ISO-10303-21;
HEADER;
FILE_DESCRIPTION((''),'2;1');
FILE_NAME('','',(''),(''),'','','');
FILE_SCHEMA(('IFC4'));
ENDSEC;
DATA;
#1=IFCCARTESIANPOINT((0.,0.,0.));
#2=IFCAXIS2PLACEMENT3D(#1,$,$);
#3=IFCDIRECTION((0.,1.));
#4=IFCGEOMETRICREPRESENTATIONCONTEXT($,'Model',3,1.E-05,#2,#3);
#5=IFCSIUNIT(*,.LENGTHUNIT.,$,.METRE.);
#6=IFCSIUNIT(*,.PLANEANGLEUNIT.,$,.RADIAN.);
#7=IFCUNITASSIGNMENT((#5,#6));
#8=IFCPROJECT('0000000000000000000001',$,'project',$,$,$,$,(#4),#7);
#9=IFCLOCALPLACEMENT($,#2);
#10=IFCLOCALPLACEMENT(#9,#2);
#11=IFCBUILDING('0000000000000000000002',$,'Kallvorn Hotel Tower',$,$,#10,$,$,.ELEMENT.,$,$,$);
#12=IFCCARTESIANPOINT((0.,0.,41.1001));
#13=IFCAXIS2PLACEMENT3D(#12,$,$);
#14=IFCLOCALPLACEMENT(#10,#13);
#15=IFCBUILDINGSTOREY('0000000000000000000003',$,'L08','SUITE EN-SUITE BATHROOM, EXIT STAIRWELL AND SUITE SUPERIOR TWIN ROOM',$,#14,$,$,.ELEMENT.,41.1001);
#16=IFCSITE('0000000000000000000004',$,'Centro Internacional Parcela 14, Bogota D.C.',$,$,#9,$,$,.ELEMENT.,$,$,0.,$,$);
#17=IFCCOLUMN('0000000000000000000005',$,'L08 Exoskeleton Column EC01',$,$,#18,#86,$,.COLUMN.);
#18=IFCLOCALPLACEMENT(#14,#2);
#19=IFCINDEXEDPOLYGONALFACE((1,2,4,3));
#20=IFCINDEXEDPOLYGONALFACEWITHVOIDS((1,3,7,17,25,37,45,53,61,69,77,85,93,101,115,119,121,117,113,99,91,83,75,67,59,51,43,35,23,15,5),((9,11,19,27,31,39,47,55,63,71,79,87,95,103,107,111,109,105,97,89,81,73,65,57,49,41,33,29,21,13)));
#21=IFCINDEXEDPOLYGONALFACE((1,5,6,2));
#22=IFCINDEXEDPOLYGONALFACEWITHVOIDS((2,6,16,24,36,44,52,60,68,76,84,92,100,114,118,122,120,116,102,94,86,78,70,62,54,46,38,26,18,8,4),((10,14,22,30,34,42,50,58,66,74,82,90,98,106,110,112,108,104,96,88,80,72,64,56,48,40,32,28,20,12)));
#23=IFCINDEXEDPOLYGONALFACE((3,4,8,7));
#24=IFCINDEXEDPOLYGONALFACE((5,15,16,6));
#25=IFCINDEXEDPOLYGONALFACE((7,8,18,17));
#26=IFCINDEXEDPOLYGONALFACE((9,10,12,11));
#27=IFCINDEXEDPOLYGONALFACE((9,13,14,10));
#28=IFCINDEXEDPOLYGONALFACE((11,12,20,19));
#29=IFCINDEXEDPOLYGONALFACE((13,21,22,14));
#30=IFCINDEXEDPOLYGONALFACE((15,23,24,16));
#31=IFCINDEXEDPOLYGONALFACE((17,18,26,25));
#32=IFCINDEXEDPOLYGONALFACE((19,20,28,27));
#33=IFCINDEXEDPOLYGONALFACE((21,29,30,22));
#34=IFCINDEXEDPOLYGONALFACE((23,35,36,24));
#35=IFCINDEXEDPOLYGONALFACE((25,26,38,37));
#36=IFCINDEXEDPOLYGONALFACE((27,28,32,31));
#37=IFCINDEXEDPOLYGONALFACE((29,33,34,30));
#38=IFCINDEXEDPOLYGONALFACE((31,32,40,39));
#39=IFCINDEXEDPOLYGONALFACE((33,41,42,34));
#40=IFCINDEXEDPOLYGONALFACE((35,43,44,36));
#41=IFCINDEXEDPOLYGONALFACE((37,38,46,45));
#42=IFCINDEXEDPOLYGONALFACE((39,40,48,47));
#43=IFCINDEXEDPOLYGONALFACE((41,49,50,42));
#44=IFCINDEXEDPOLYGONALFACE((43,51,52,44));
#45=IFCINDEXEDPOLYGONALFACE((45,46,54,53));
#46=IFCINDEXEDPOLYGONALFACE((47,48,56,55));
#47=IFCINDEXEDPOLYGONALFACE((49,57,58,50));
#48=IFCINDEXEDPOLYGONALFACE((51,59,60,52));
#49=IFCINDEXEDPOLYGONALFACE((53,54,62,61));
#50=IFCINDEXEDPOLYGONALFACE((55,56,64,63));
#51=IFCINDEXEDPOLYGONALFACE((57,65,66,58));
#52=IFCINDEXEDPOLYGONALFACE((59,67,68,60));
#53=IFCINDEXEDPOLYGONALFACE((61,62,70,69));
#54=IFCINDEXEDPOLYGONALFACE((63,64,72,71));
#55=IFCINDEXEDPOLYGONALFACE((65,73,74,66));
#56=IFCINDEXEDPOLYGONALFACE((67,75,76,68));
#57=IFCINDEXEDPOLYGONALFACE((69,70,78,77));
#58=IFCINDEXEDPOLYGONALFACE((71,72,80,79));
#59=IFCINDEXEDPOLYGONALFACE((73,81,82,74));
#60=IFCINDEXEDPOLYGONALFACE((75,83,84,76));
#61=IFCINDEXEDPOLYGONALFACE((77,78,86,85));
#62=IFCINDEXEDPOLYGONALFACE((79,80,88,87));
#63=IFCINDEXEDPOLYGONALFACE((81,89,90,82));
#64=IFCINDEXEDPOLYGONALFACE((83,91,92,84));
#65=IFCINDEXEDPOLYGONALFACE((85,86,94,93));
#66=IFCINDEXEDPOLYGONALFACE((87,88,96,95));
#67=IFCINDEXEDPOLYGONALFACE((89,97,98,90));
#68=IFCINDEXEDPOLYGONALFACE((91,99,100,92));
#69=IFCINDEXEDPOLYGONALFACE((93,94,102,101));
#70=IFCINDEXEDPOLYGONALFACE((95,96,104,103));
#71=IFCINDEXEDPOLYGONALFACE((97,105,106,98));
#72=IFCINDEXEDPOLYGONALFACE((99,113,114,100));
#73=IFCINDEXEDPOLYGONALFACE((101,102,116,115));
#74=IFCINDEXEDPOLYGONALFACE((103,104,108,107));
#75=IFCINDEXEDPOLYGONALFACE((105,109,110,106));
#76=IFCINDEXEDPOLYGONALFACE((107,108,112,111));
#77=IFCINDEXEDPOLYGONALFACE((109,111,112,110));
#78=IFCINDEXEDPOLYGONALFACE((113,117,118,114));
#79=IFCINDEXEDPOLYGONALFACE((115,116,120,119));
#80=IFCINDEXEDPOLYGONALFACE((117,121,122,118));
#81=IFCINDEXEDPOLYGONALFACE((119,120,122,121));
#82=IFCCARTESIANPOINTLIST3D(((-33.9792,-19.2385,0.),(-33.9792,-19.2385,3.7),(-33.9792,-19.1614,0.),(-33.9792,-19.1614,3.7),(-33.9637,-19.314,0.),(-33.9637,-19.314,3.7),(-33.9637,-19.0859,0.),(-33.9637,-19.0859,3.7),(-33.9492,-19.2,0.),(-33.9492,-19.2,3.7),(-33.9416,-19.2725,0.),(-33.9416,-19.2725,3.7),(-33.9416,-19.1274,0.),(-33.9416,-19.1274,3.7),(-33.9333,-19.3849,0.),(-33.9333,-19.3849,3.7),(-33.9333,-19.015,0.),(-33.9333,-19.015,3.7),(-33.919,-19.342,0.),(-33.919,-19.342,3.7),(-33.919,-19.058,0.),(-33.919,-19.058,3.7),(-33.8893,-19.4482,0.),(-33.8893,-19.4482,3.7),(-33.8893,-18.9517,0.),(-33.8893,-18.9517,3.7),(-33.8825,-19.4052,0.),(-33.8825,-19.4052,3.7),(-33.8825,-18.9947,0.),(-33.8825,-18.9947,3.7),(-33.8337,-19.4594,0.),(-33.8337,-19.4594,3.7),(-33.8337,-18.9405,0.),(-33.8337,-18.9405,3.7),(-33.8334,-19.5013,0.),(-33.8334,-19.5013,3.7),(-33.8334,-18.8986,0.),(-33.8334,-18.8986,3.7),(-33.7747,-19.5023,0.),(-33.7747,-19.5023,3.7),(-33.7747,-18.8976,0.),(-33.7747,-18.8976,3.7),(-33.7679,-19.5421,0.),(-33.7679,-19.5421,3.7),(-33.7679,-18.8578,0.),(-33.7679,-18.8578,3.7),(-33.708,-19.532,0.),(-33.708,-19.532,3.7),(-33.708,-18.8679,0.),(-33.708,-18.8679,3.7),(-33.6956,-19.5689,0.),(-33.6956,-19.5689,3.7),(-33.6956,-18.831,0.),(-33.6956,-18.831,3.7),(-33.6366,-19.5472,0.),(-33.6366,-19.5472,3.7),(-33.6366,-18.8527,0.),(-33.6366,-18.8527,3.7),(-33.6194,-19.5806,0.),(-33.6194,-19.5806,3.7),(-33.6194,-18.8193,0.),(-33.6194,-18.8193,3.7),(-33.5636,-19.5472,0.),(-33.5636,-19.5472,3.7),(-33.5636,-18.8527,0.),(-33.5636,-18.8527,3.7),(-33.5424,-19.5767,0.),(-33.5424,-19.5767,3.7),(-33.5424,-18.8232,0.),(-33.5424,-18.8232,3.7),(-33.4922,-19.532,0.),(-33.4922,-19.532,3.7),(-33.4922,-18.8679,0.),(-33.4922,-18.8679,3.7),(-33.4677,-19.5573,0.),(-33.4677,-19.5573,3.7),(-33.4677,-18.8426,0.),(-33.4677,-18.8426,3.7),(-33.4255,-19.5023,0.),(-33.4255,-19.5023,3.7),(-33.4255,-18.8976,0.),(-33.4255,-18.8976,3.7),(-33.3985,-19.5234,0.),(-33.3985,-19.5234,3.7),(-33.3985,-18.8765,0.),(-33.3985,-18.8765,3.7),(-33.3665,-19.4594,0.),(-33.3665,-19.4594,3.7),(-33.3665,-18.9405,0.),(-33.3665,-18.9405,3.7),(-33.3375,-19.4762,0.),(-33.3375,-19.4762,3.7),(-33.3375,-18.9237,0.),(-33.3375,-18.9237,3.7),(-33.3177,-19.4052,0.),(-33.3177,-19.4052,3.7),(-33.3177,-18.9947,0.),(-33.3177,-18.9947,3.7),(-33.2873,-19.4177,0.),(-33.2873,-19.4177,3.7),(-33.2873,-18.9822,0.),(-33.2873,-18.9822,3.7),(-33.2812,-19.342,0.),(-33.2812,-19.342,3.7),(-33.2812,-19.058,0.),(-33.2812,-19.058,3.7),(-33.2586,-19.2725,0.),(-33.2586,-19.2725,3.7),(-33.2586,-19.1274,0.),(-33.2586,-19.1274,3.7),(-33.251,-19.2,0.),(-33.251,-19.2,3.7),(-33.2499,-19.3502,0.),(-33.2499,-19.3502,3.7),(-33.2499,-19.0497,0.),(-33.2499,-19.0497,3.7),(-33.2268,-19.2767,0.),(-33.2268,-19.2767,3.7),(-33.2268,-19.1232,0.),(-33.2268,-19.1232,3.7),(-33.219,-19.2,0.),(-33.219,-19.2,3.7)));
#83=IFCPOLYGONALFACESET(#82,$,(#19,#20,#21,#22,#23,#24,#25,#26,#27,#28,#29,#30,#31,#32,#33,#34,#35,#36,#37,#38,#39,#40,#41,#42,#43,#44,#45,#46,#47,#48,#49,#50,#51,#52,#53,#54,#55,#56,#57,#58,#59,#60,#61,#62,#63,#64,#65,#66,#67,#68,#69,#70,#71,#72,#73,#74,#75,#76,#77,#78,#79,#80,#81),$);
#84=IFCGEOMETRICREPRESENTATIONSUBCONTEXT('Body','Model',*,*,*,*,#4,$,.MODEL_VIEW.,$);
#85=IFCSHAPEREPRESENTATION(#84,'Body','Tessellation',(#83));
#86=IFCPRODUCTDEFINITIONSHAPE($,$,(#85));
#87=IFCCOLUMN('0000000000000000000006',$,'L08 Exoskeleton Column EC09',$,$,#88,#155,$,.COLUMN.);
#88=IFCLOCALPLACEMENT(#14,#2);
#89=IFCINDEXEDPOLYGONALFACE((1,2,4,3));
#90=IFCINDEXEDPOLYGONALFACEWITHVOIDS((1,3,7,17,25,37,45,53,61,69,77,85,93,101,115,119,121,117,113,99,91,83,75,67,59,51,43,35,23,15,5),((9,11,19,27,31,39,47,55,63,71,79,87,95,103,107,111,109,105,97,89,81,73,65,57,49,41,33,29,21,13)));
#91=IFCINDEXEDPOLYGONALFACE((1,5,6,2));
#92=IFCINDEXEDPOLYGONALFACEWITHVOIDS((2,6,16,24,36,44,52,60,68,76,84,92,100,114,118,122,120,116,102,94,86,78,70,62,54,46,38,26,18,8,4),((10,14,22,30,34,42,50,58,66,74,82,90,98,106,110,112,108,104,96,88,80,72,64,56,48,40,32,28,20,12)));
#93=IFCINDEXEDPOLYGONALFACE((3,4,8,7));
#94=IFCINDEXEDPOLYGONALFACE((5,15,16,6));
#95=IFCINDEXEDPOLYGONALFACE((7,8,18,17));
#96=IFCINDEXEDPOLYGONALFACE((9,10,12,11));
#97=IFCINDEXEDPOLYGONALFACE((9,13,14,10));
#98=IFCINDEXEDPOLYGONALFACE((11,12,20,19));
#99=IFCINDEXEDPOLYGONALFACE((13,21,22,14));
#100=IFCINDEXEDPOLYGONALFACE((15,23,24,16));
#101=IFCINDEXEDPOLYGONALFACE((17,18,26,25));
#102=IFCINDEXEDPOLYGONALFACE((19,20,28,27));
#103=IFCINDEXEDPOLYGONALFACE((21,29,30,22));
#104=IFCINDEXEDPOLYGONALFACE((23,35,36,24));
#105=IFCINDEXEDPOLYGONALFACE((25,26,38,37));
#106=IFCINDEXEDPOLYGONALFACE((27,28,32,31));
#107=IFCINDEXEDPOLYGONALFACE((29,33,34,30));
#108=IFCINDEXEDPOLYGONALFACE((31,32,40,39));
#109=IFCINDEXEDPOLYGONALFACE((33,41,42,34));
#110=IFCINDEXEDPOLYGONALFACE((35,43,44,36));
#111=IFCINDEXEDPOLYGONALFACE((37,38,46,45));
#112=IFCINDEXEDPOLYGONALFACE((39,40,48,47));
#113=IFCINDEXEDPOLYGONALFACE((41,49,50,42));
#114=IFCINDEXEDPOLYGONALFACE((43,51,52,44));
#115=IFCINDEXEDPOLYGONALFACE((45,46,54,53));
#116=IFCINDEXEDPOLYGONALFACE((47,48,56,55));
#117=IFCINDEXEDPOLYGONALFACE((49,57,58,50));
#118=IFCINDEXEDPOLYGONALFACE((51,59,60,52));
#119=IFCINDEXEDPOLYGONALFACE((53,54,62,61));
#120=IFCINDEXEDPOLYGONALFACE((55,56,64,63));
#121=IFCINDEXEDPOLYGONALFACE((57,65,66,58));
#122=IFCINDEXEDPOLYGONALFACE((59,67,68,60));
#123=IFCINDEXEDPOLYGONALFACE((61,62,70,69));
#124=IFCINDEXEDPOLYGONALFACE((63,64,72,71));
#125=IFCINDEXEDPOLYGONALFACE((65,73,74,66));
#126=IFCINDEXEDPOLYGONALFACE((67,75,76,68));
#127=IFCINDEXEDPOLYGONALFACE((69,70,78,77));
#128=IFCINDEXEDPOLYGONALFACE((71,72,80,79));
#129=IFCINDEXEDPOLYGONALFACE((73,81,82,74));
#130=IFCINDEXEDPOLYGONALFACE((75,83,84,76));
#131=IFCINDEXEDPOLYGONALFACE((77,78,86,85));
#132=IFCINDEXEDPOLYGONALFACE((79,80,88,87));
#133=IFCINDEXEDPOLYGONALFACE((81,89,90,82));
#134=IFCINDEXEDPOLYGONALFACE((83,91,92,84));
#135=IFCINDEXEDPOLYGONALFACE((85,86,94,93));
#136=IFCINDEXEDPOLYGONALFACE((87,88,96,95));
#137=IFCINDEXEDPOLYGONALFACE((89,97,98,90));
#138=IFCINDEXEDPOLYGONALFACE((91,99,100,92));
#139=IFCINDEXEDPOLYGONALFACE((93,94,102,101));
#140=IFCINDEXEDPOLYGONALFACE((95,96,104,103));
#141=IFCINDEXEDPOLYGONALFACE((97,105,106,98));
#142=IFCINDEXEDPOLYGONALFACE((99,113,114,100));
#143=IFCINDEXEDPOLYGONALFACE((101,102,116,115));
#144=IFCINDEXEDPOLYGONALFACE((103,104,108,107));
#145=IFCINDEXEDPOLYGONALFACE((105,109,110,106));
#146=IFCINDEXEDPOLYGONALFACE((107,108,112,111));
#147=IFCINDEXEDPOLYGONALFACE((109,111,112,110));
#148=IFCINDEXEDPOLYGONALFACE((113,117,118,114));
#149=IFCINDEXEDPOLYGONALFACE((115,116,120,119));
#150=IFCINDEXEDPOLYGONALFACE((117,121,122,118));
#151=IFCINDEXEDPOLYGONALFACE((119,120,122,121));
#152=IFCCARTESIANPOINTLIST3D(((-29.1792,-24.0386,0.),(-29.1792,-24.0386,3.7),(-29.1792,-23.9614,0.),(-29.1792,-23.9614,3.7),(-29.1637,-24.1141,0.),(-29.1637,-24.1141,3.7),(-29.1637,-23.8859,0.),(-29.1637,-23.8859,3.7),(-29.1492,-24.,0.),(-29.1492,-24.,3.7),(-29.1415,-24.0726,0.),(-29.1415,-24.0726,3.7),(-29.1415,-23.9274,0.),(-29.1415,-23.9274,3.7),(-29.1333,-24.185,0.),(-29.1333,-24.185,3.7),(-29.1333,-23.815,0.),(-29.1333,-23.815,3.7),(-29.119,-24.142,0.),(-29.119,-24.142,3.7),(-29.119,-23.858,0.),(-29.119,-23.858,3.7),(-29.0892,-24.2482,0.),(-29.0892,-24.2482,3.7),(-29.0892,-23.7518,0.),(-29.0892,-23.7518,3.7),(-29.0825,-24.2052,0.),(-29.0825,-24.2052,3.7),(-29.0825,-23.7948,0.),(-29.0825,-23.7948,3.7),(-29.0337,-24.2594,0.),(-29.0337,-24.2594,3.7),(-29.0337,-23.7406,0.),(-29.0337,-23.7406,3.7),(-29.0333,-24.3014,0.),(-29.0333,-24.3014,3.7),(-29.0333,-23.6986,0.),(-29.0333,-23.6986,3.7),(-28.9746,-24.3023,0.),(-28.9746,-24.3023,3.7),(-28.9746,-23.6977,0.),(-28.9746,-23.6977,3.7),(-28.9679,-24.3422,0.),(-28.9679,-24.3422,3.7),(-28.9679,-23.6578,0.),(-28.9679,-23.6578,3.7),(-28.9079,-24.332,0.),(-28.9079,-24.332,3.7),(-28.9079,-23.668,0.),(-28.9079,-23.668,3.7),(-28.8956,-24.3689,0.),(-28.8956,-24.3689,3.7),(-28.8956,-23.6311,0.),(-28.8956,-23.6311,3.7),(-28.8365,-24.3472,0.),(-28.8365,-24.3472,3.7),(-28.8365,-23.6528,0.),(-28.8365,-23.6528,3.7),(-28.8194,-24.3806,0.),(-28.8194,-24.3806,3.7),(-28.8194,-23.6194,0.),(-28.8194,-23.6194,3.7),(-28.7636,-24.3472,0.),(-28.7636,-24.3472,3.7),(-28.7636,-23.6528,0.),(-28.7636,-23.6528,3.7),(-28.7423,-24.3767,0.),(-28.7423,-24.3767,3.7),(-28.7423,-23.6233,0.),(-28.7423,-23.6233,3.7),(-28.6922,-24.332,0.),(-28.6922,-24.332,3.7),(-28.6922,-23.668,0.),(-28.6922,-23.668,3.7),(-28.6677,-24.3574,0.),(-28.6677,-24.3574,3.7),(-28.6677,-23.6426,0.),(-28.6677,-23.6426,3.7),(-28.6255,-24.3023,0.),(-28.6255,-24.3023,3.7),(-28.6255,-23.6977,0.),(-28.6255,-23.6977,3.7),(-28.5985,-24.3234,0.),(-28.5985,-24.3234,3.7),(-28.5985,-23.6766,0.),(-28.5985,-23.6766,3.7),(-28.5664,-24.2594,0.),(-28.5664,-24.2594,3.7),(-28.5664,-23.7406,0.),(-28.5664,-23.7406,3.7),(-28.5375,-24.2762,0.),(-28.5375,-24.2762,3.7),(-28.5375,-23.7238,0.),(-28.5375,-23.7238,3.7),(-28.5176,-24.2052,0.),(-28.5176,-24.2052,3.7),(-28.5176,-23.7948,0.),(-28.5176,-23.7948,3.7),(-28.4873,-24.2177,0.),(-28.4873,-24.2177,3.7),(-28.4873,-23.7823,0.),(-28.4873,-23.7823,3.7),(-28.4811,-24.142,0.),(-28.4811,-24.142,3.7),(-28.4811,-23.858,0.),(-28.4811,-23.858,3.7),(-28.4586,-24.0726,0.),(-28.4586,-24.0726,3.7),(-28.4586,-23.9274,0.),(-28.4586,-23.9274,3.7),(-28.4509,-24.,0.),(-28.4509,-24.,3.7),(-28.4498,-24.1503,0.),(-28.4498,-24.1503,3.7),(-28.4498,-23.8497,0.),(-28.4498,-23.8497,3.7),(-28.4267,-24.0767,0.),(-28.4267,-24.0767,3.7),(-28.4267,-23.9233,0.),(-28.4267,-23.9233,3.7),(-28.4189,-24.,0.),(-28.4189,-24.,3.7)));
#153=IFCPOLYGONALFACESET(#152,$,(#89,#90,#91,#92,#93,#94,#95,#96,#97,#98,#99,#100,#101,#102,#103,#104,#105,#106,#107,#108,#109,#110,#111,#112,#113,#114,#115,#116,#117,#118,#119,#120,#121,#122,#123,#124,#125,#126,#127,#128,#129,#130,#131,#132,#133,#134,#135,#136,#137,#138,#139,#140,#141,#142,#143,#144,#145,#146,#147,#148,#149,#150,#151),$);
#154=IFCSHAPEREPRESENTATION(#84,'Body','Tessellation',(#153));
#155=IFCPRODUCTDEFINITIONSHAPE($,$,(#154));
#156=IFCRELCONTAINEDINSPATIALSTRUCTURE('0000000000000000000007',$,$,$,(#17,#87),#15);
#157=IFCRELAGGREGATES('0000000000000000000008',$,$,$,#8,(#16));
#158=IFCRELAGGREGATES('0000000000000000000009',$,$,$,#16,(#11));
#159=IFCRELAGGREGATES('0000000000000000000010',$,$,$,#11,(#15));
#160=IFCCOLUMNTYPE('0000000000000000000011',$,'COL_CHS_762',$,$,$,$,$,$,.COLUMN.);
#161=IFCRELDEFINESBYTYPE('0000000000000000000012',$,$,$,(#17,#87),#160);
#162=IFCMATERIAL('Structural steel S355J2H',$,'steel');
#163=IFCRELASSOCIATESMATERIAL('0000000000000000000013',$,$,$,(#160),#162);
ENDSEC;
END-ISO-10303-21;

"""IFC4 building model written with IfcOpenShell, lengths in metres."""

from ifc_helpers import new_model, si_unit, direction, frame, origin, origin_2d, place, context, subcontext, project, spatial, hollow_circle, extrude, material, material_profile, profile_set, type_object, element, save


model = new_model("IFC4")

# Units and contexts
model_context = context("Model", 3, precision=1e-05, world=origin(), true_north=direction((0.0, 1.0)))
body_context = subcontext(model_context, "Body", "Model", "MODEL_VIEW")
ifc_project = project(units=[si_unit("LENGTHUNIT", "METRE"), si_unit("PLANEANGLEUNIT", "RADIAN")], contexts=[model_context])

# Site, building, storey
site_placement = place(None, origin())
site = spatial("IfcSite", under=ifc_project, at=site_placement, Name="Centro Internacional Parcela 14, Bogota D.C.", CompositionType="ELEMENT", RefElevation=0.0)
building_placement = place(site_placement, origin())
building = spatial("IfcBuilding", under=site, at=building_placement, Name="Kallvorn Hotel Tower", CompositionType="ELEMENT")
storey_placement = place(building_placement, frame((0.0, 0.0, 41.1001)))
storey = spatial("IfcBuildingStorey", under=building, at=storey_placement, Name="L08", Description="SUITE EN-SUITE BATHROOM, EXIT STAIRWELL AND SUITE SUPERIOR TWIN ROOM", CompositionType="ELEMENT", Elevation=41.1001)

# Columns
ifc_material_1 = material(Name="Structural steel S355J2H", Category="steel")
ifc_material_profile_1 = material_profile(ifc_material_1, hollow_circle(Radius=0.3811, WallThickness=0.032, at=origin_2d()), Name="CHS 762x32")
ifc_profile_set_1 = profile_set([ifc_material_profile_1], Name="Structural steel S355J2H")
column_type = type_object("IfcColumnType", Name="COL_CHS_762", PredefinedType="COLUMN", material=ifc_profile_set_1)
for number, where, z_axis, x_axis, name in (
    (1, (-33.6001, -19.2, 0.0), (0.0, 0.0, 1.0), (1.0, 0.0, 0.0), "L08 Exoskeleton Column EC01"),
    (2, (-28.8, -24.0, 0.0), (0.0, 0.0, 1.0), (1.0, 0.0, 0.0), "L08 Exoskeleton Column EC09"),
):
    element("IfcColumn", number, at=place(storey_placement, frame(where, z_axis=z_axis, x_axis=x_axis)), inside=storey, type_object=column_type, Name=name, PredefinedType="COLUMN", context=body_context, shape_type="SweptSolid", body=[
        extrude(hollow_circle(Radius=0.3811, WallThickness=0.032, at=origin_2d()), origin(), (0.0, 0.0, 1.0), 3.7),
    ])

save(model, "model.ifc")
